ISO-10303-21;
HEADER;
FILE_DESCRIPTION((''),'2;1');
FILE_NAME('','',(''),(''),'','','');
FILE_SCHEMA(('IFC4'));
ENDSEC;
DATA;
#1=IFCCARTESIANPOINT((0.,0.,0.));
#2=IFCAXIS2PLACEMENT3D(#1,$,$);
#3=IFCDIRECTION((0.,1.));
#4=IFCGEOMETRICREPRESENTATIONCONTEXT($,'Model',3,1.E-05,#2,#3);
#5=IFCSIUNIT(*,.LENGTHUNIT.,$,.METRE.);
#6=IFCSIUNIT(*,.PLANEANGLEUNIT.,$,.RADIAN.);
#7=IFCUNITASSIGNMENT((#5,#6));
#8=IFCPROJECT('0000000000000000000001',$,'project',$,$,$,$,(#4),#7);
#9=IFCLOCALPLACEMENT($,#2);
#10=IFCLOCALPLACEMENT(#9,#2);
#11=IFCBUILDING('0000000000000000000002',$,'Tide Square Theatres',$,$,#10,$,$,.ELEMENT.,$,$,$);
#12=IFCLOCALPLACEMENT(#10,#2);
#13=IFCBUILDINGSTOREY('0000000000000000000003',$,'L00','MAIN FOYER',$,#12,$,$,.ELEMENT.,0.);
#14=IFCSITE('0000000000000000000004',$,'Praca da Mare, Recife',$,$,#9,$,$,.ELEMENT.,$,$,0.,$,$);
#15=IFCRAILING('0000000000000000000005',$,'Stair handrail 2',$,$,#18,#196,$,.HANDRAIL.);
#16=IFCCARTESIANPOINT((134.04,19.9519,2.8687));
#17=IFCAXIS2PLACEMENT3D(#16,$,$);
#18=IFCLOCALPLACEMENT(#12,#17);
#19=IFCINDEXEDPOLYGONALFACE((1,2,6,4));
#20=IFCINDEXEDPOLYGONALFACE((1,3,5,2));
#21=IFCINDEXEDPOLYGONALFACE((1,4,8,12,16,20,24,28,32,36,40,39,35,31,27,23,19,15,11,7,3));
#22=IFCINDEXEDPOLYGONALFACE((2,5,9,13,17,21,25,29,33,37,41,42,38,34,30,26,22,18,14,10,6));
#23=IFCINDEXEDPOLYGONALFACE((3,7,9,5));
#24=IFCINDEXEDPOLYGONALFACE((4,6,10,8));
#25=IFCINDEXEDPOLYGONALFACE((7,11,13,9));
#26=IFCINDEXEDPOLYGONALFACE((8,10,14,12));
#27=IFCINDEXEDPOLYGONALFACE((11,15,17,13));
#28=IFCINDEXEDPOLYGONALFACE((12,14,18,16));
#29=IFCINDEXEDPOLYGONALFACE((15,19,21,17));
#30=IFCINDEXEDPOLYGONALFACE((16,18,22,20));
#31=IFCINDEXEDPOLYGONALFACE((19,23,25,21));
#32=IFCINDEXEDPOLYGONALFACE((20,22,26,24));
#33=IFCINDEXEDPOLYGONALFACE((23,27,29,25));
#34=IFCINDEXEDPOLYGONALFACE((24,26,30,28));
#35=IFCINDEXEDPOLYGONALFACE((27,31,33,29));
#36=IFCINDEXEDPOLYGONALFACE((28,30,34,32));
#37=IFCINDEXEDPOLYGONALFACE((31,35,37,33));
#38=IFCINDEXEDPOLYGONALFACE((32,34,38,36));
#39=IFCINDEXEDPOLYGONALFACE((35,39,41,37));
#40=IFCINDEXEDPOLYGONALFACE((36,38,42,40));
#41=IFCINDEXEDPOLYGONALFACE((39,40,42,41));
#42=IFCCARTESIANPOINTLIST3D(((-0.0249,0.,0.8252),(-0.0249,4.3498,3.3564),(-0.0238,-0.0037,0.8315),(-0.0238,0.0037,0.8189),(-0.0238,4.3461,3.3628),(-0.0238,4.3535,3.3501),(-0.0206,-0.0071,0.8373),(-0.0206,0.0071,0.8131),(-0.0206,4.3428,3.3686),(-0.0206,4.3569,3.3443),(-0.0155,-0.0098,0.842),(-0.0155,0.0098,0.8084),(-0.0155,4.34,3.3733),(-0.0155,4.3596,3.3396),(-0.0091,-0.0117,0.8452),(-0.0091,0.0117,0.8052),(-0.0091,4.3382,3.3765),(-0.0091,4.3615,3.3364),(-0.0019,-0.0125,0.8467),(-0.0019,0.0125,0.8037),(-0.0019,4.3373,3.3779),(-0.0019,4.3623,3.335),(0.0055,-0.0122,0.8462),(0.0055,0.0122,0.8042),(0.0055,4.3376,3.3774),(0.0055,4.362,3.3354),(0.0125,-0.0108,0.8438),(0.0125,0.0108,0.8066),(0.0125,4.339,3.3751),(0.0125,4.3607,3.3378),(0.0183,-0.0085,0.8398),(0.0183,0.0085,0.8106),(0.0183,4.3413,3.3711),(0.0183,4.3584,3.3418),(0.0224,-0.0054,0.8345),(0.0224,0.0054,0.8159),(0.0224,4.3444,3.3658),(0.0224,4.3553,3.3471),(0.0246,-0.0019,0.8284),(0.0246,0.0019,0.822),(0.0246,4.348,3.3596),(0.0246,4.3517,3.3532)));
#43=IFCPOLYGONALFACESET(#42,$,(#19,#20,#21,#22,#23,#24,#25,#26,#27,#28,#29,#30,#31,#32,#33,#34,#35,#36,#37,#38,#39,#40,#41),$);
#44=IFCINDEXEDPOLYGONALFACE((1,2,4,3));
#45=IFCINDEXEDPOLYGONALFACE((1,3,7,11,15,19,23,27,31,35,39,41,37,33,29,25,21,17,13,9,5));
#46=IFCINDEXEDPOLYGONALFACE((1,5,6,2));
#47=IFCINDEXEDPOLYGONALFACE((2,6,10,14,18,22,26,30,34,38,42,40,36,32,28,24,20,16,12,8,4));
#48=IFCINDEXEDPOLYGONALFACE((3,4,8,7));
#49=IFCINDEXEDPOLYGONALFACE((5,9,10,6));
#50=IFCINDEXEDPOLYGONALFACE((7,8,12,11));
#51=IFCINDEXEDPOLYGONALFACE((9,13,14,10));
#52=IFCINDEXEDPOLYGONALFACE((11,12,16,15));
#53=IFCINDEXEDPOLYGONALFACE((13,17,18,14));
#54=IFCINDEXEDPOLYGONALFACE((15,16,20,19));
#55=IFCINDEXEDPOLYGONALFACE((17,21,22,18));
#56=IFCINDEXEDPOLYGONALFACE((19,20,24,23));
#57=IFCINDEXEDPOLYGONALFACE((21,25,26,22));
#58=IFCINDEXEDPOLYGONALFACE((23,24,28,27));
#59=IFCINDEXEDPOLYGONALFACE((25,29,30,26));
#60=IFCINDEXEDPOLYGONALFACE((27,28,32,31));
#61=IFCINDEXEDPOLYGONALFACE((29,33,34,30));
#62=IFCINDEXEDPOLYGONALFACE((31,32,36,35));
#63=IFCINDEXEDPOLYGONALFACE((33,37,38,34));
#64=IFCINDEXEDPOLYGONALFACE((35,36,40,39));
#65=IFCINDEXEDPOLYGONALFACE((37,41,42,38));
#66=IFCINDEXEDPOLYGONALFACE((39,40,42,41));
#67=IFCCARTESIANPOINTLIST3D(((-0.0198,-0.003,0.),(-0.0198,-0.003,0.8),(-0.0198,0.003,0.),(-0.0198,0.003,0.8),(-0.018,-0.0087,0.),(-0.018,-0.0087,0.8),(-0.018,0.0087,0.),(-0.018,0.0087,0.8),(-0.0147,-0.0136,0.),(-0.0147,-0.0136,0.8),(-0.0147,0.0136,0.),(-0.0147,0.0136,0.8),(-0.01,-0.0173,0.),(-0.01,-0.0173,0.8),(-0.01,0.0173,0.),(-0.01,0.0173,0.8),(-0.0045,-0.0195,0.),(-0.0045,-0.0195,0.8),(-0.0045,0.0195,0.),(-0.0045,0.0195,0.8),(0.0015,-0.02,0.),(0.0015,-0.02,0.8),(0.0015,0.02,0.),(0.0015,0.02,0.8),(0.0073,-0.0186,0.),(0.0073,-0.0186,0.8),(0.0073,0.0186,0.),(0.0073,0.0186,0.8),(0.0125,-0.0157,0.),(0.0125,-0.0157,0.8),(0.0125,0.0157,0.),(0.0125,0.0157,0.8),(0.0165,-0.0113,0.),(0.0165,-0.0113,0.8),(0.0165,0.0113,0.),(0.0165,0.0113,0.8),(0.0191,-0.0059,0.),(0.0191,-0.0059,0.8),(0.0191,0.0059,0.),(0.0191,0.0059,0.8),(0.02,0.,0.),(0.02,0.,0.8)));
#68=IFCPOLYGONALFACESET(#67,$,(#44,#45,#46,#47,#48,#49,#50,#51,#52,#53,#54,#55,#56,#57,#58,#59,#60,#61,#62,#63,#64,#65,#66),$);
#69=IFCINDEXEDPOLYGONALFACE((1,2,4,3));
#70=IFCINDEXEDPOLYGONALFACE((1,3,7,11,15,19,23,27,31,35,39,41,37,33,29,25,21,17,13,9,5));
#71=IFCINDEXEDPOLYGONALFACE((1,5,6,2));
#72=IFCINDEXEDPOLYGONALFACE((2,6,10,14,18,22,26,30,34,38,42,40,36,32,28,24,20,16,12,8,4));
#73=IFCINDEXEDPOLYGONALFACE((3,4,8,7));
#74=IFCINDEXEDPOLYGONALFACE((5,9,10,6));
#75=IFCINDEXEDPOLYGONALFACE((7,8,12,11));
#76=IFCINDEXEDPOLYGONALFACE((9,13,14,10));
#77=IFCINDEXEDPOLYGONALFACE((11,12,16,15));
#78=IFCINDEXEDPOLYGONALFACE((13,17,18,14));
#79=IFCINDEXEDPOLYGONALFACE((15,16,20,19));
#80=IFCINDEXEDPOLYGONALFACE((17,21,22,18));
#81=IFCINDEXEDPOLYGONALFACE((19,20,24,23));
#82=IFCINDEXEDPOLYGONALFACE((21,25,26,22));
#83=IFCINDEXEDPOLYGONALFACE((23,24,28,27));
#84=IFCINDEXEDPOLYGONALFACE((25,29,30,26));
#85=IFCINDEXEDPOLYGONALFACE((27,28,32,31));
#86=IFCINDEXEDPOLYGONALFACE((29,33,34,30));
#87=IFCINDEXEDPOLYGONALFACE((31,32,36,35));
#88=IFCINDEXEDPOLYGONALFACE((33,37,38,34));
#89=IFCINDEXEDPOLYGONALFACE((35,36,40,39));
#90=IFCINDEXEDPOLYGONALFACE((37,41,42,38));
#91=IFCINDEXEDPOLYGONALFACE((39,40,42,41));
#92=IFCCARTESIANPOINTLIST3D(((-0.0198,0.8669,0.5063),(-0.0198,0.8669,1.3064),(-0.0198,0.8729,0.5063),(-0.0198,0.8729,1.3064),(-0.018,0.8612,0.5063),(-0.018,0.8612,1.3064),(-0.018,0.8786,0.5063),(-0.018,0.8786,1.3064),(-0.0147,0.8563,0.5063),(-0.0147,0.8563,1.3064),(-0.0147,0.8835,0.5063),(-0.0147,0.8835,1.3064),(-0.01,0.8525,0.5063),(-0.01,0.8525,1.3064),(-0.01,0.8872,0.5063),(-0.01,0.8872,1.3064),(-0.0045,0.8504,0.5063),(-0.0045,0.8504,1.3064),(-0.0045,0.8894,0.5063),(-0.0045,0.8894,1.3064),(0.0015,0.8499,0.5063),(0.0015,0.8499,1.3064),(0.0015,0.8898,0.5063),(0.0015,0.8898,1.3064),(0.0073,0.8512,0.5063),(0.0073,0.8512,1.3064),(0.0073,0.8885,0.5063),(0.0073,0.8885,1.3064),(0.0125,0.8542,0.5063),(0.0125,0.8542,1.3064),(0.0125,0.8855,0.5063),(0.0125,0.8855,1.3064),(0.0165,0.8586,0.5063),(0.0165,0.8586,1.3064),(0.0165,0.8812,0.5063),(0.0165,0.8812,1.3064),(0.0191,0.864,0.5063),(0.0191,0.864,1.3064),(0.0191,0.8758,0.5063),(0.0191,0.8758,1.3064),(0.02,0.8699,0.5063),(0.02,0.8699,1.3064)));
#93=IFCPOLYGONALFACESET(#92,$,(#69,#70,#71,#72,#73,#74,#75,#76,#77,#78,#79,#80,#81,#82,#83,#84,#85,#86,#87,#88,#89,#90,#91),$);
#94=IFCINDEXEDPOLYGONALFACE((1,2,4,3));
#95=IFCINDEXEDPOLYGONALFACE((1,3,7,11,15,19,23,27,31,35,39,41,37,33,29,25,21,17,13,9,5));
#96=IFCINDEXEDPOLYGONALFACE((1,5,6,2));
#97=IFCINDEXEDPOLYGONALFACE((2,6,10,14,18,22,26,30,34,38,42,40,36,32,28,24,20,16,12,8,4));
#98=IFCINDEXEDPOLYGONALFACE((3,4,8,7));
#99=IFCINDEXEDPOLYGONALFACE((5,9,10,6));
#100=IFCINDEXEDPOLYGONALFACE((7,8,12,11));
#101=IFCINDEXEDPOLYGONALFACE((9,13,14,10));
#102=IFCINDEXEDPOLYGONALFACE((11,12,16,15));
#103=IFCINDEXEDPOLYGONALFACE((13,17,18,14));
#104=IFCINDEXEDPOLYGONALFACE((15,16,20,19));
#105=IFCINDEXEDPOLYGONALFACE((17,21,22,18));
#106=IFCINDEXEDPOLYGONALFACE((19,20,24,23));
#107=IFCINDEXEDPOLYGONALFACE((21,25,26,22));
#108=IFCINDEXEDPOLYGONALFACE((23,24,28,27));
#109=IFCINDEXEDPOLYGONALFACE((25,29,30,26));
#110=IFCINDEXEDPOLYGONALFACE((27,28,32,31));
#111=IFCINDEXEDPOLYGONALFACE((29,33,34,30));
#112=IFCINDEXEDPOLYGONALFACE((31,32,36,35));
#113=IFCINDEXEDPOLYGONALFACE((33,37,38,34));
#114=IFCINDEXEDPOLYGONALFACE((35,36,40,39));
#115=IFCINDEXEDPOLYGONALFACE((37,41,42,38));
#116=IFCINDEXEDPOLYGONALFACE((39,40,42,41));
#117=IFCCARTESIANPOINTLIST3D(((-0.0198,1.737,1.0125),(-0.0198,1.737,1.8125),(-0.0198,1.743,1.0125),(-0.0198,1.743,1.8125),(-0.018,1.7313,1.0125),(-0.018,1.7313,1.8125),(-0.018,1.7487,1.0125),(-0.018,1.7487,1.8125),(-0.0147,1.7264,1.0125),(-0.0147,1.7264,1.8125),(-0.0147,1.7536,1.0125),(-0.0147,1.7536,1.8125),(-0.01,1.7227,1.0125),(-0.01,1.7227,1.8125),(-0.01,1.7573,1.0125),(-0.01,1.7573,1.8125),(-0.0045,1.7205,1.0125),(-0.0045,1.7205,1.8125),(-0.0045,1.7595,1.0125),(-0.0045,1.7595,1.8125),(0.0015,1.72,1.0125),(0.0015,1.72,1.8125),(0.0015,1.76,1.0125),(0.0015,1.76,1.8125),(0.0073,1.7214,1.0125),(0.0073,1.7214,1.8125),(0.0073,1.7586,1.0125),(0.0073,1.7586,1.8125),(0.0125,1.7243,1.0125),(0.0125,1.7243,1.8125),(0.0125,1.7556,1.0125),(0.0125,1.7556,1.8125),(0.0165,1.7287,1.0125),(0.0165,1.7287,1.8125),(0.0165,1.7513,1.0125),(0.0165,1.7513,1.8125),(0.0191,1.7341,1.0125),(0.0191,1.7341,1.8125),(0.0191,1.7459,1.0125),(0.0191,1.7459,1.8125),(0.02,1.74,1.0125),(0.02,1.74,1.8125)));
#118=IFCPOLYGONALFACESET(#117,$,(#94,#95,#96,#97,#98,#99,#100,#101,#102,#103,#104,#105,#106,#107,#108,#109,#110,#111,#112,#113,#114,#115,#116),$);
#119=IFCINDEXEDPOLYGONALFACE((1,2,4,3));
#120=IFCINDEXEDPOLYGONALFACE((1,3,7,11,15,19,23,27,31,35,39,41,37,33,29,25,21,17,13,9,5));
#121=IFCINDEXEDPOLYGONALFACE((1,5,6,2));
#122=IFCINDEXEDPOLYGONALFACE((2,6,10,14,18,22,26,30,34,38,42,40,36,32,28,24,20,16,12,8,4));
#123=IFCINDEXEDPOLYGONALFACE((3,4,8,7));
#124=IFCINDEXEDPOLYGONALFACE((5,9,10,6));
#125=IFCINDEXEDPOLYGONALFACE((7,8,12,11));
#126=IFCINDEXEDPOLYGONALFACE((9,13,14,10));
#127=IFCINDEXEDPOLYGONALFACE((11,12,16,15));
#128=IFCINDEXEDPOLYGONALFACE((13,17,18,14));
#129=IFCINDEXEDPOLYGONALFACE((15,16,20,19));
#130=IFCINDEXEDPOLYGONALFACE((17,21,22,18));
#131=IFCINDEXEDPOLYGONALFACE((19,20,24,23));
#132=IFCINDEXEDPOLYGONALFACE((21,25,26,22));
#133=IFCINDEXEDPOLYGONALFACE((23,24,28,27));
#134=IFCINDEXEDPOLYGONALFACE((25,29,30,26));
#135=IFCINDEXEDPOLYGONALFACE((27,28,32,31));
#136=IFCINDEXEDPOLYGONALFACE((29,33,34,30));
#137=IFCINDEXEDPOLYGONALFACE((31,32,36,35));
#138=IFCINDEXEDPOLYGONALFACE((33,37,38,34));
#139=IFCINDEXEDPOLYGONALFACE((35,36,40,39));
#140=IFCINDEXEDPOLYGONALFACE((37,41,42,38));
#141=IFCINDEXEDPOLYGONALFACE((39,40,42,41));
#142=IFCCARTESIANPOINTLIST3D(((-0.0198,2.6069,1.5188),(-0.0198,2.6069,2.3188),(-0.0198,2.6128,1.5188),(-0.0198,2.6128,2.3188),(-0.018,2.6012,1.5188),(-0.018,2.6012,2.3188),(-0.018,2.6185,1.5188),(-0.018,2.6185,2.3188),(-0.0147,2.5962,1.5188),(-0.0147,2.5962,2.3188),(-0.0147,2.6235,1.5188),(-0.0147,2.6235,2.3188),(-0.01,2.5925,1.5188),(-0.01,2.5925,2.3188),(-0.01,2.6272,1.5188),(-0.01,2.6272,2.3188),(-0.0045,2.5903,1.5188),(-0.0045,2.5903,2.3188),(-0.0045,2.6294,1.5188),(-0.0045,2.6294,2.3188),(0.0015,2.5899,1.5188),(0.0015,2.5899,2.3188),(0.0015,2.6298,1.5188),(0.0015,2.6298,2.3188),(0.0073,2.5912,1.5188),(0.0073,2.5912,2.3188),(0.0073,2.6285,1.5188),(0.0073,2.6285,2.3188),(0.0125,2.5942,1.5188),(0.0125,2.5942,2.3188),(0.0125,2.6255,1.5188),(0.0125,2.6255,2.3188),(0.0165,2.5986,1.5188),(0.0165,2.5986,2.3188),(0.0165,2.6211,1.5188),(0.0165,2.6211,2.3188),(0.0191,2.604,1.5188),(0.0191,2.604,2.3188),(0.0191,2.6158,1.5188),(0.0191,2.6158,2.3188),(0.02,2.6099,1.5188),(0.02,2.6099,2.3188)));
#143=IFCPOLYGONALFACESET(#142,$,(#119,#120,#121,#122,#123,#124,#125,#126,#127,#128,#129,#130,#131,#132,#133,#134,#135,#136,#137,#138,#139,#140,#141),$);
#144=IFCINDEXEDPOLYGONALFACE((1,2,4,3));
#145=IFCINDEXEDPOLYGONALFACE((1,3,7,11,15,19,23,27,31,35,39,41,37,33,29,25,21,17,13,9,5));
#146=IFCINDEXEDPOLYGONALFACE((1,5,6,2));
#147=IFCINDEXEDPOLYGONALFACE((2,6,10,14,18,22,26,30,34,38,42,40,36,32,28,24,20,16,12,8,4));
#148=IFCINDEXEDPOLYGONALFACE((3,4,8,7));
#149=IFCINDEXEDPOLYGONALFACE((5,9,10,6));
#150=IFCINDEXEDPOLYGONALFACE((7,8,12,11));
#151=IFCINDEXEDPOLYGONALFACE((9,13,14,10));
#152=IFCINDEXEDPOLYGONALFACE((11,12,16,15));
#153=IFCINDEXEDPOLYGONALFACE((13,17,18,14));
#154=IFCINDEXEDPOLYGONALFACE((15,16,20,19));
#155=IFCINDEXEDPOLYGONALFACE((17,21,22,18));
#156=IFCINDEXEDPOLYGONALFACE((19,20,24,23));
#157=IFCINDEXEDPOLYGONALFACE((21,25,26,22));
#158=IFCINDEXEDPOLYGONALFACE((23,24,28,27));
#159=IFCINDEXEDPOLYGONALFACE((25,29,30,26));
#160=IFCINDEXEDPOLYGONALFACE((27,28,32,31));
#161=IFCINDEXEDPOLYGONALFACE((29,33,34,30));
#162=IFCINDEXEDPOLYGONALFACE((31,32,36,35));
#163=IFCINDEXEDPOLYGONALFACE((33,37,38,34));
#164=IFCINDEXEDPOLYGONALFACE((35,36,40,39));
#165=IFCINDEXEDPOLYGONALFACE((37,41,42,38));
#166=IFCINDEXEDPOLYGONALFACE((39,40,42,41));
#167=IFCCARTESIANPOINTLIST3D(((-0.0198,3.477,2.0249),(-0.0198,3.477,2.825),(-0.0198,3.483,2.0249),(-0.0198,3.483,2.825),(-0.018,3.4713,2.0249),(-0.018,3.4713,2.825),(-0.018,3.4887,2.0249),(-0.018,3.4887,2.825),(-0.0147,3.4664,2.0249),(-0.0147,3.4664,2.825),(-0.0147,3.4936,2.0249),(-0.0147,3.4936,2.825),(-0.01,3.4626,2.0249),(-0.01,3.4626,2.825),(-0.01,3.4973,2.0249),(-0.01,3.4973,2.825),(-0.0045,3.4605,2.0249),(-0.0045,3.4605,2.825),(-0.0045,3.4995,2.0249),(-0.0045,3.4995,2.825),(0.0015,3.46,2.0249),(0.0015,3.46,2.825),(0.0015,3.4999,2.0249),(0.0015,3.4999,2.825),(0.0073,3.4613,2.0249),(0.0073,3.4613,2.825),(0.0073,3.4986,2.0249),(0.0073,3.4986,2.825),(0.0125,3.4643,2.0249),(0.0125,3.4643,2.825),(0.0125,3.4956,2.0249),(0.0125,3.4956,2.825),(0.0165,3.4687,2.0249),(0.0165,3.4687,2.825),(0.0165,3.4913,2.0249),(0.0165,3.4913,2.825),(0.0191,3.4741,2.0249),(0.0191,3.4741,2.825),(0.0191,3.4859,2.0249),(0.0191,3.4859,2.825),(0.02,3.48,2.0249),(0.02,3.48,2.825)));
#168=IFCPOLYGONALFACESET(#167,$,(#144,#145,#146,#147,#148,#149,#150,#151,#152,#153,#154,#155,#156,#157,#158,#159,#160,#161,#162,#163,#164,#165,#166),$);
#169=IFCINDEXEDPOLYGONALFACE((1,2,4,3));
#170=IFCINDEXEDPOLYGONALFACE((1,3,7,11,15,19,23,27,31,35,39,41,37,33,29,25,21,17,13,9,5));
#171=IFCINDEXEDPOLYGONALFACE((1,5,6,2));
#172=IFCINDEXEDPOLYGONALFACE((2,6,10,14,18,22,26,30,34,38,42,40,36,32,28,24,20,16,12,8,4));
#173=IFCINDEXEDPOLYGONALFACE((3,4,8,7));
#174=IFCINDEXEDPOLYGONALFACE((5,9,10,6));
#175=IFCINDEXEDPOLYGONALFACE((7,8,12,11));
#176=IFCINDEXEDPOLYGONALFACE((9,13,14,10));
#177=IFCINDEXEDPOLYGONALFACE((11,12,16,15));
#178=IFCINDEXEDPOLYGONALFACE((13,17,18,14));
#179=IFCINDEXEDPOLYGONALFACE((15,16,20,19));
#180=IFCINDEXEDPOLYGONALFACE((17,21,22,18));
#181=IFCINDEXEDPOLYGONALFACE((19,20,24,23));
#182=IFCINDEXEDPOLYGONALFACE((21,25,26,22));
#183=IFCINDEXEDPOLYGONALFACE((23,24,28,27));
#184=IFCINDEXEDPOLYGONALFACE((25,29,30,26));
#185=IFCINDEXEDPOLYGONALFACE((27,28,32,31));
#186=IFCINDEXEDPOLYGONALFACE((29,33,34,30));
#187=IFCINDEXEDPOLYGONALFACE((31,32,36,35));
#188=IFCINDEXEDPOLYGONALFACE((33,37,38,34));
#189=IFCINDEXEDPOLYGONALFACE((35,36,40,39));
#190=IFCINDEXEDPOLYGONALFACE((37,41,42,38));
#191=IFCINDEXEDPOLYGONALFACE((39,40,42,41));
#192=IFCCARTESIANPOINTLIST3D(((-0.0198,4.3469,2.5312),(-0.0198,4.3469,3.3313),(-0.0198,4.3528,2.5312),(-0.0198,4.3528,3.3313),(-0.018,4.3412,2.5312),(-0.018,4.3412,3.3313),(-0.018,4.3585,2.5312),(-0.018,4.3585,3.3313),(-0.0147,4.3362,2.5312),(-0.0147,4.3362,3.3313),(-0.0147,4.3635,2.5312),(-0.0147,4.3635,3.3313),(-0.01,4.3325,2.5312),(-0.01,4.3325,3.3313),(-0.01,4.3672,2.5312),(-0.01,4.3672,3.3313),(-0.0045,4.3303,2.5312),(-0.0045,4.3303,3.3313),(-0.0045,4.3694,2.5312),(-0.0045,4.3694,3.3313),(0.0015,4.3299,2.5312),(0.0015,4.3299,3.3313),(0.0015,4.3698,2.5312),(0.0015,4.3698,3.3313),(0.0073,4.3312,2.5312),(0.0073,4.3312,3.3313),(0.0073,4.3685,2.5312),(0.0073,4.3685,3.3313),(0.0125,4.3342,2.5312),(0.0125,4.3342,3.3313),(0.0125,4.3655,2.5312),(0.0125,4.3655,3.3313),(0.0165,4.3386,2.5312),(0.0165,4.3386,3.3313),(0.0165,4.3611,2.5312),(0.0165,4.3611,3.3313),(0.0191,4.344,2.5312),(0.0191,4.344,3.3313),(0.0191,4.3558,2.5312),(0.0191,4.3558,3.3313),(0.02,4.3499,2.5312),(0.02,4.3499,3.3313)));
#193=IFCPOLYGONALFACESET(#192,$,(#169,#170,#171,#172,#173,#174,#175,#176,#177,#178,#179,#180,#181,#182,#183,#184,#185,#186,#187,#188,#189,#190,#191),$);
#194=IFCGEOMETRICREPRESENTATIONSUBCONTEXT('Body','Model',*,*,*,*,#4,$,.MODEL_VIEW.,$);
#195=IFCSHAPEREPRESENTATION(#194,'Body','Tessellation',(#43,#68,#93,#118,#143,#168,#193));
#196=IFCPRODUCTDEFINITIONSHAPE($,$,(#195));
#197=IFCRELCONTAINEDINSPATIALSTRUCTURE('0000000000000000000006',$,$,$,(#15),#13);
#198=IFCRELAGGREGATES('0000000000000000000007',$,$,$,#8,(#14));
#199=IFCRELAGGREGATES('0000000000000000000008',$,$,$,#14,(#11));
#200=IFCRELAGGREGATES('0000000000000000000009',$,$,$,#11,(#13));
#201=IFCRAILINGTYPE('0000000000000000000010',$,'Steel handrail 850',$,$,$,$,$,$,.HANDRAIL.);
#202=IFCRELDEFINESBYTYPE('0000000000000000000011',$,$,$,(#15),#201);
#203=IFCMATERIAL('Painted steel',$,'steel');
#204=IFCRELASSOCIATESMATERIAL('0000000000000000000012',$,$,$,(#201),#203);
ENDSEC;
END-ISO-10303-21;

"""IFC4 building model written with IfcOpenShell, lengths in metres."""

from ifc_helpers import new_model, si_unit, direction, frame, origin, origin_2d, place, context, subcontext, project, spatial, circle, extrude, material, type_object, element, save


model = new_model("IFC4")

# Units and contexts
model_context = context("Model", 3, precision=1e-05, world=origin(), true_north=direction((0.0, 1.0)))
body_context = subcontext(model_context, "Body", "Model", "MODEL_VIEW")
ifc_project = project(units=[si_unit("LENGTHUNIT", "METRE"), si_unit("PLANEANGLEUNIT", "RADIAN")], contexts=[model_context])

# Site, building, storey
site_placement = place(None, origin())
site = spatial("IfcSite", under=ifc_project, at=site_placement, Name="Praca da Mare, Recife", CompositionType="ELEMENT", RefElevation=0.0)
building_placement = place(site_placement, origin())
building = spatial("IfcBuilding", under=site, at=building_placement, Name="Tide Square Theatres", CompositionType="ELEMENT")
storey_placement = place(building_placement, origin())
storey = spatial("IfcBuildingStorey", under=building, at=storey_placement, Name="L00", Description="MAIN FOYER", CompositionType="ELEMENT", Elevation=0.0)

# Railing
ifc_material_1 = material(Name="Painted steel", Category="steel")
railing_type = type_object("IfcRailingType", Name="Steel handrail 850", PredefinedType="HANDRAIL", material=ifc_material_1)
for number, where, name in (
    (1, (134.04, 19.9519, 2.8687), "Stair handrail 2"),
):
    element("IfcRailing", number, at=place(storey_placement, frame(where)), inside=storey, type_object=railing_type, Name=name, PredefinedType="HANDRAIL", context=body_context, shape_type="SweptSolid", body=[
        extrude(circle(Radius=0.0249, at=origin_2d()), frame((0.0, 0.0, 0.8252), z_axis=(0.0, 0.864312, 0.502957), x_axis=(-1.0, 0.0, 0.0)), (0.0, 0.0, 1.0), 5.0327),
        extrude(circle(Radius=0.02, at=origin_2d()), origin(), (0.0, 0.0, 1.0), 0.8),
        extrude(circle(Radius=0.02, at=origin_2d()), frame((0.0, 0.8699, 0.5063)), (0.0, 0.0, 1.0), 0.8),
        extrude(circle(Radius=0.02, at=origin_2d()), frame((0.0, 1.74, 1.0125)), (0.0, 0.0, 1.0), 0.8),
        extrude(circle(Radius=0.02, at=origin_2d()), frame((0.0, 2.6099, 1.5188)), (0.0, 0.0, 1.0), 0.8),
        extrude(circle(Radius=0.02, at=origin_2d()), frame((0.0, 3.48, 2.0249)), (0.0, 0.0, 1.0), 0.8),
        extrude(circle(Radius=0.02, at=origin_2d()), frame((0.0, 4.3499, 2.5312)), (0.0, 0.0, 1.0), 0.8),
    ])

save(model, "model.ifc")
